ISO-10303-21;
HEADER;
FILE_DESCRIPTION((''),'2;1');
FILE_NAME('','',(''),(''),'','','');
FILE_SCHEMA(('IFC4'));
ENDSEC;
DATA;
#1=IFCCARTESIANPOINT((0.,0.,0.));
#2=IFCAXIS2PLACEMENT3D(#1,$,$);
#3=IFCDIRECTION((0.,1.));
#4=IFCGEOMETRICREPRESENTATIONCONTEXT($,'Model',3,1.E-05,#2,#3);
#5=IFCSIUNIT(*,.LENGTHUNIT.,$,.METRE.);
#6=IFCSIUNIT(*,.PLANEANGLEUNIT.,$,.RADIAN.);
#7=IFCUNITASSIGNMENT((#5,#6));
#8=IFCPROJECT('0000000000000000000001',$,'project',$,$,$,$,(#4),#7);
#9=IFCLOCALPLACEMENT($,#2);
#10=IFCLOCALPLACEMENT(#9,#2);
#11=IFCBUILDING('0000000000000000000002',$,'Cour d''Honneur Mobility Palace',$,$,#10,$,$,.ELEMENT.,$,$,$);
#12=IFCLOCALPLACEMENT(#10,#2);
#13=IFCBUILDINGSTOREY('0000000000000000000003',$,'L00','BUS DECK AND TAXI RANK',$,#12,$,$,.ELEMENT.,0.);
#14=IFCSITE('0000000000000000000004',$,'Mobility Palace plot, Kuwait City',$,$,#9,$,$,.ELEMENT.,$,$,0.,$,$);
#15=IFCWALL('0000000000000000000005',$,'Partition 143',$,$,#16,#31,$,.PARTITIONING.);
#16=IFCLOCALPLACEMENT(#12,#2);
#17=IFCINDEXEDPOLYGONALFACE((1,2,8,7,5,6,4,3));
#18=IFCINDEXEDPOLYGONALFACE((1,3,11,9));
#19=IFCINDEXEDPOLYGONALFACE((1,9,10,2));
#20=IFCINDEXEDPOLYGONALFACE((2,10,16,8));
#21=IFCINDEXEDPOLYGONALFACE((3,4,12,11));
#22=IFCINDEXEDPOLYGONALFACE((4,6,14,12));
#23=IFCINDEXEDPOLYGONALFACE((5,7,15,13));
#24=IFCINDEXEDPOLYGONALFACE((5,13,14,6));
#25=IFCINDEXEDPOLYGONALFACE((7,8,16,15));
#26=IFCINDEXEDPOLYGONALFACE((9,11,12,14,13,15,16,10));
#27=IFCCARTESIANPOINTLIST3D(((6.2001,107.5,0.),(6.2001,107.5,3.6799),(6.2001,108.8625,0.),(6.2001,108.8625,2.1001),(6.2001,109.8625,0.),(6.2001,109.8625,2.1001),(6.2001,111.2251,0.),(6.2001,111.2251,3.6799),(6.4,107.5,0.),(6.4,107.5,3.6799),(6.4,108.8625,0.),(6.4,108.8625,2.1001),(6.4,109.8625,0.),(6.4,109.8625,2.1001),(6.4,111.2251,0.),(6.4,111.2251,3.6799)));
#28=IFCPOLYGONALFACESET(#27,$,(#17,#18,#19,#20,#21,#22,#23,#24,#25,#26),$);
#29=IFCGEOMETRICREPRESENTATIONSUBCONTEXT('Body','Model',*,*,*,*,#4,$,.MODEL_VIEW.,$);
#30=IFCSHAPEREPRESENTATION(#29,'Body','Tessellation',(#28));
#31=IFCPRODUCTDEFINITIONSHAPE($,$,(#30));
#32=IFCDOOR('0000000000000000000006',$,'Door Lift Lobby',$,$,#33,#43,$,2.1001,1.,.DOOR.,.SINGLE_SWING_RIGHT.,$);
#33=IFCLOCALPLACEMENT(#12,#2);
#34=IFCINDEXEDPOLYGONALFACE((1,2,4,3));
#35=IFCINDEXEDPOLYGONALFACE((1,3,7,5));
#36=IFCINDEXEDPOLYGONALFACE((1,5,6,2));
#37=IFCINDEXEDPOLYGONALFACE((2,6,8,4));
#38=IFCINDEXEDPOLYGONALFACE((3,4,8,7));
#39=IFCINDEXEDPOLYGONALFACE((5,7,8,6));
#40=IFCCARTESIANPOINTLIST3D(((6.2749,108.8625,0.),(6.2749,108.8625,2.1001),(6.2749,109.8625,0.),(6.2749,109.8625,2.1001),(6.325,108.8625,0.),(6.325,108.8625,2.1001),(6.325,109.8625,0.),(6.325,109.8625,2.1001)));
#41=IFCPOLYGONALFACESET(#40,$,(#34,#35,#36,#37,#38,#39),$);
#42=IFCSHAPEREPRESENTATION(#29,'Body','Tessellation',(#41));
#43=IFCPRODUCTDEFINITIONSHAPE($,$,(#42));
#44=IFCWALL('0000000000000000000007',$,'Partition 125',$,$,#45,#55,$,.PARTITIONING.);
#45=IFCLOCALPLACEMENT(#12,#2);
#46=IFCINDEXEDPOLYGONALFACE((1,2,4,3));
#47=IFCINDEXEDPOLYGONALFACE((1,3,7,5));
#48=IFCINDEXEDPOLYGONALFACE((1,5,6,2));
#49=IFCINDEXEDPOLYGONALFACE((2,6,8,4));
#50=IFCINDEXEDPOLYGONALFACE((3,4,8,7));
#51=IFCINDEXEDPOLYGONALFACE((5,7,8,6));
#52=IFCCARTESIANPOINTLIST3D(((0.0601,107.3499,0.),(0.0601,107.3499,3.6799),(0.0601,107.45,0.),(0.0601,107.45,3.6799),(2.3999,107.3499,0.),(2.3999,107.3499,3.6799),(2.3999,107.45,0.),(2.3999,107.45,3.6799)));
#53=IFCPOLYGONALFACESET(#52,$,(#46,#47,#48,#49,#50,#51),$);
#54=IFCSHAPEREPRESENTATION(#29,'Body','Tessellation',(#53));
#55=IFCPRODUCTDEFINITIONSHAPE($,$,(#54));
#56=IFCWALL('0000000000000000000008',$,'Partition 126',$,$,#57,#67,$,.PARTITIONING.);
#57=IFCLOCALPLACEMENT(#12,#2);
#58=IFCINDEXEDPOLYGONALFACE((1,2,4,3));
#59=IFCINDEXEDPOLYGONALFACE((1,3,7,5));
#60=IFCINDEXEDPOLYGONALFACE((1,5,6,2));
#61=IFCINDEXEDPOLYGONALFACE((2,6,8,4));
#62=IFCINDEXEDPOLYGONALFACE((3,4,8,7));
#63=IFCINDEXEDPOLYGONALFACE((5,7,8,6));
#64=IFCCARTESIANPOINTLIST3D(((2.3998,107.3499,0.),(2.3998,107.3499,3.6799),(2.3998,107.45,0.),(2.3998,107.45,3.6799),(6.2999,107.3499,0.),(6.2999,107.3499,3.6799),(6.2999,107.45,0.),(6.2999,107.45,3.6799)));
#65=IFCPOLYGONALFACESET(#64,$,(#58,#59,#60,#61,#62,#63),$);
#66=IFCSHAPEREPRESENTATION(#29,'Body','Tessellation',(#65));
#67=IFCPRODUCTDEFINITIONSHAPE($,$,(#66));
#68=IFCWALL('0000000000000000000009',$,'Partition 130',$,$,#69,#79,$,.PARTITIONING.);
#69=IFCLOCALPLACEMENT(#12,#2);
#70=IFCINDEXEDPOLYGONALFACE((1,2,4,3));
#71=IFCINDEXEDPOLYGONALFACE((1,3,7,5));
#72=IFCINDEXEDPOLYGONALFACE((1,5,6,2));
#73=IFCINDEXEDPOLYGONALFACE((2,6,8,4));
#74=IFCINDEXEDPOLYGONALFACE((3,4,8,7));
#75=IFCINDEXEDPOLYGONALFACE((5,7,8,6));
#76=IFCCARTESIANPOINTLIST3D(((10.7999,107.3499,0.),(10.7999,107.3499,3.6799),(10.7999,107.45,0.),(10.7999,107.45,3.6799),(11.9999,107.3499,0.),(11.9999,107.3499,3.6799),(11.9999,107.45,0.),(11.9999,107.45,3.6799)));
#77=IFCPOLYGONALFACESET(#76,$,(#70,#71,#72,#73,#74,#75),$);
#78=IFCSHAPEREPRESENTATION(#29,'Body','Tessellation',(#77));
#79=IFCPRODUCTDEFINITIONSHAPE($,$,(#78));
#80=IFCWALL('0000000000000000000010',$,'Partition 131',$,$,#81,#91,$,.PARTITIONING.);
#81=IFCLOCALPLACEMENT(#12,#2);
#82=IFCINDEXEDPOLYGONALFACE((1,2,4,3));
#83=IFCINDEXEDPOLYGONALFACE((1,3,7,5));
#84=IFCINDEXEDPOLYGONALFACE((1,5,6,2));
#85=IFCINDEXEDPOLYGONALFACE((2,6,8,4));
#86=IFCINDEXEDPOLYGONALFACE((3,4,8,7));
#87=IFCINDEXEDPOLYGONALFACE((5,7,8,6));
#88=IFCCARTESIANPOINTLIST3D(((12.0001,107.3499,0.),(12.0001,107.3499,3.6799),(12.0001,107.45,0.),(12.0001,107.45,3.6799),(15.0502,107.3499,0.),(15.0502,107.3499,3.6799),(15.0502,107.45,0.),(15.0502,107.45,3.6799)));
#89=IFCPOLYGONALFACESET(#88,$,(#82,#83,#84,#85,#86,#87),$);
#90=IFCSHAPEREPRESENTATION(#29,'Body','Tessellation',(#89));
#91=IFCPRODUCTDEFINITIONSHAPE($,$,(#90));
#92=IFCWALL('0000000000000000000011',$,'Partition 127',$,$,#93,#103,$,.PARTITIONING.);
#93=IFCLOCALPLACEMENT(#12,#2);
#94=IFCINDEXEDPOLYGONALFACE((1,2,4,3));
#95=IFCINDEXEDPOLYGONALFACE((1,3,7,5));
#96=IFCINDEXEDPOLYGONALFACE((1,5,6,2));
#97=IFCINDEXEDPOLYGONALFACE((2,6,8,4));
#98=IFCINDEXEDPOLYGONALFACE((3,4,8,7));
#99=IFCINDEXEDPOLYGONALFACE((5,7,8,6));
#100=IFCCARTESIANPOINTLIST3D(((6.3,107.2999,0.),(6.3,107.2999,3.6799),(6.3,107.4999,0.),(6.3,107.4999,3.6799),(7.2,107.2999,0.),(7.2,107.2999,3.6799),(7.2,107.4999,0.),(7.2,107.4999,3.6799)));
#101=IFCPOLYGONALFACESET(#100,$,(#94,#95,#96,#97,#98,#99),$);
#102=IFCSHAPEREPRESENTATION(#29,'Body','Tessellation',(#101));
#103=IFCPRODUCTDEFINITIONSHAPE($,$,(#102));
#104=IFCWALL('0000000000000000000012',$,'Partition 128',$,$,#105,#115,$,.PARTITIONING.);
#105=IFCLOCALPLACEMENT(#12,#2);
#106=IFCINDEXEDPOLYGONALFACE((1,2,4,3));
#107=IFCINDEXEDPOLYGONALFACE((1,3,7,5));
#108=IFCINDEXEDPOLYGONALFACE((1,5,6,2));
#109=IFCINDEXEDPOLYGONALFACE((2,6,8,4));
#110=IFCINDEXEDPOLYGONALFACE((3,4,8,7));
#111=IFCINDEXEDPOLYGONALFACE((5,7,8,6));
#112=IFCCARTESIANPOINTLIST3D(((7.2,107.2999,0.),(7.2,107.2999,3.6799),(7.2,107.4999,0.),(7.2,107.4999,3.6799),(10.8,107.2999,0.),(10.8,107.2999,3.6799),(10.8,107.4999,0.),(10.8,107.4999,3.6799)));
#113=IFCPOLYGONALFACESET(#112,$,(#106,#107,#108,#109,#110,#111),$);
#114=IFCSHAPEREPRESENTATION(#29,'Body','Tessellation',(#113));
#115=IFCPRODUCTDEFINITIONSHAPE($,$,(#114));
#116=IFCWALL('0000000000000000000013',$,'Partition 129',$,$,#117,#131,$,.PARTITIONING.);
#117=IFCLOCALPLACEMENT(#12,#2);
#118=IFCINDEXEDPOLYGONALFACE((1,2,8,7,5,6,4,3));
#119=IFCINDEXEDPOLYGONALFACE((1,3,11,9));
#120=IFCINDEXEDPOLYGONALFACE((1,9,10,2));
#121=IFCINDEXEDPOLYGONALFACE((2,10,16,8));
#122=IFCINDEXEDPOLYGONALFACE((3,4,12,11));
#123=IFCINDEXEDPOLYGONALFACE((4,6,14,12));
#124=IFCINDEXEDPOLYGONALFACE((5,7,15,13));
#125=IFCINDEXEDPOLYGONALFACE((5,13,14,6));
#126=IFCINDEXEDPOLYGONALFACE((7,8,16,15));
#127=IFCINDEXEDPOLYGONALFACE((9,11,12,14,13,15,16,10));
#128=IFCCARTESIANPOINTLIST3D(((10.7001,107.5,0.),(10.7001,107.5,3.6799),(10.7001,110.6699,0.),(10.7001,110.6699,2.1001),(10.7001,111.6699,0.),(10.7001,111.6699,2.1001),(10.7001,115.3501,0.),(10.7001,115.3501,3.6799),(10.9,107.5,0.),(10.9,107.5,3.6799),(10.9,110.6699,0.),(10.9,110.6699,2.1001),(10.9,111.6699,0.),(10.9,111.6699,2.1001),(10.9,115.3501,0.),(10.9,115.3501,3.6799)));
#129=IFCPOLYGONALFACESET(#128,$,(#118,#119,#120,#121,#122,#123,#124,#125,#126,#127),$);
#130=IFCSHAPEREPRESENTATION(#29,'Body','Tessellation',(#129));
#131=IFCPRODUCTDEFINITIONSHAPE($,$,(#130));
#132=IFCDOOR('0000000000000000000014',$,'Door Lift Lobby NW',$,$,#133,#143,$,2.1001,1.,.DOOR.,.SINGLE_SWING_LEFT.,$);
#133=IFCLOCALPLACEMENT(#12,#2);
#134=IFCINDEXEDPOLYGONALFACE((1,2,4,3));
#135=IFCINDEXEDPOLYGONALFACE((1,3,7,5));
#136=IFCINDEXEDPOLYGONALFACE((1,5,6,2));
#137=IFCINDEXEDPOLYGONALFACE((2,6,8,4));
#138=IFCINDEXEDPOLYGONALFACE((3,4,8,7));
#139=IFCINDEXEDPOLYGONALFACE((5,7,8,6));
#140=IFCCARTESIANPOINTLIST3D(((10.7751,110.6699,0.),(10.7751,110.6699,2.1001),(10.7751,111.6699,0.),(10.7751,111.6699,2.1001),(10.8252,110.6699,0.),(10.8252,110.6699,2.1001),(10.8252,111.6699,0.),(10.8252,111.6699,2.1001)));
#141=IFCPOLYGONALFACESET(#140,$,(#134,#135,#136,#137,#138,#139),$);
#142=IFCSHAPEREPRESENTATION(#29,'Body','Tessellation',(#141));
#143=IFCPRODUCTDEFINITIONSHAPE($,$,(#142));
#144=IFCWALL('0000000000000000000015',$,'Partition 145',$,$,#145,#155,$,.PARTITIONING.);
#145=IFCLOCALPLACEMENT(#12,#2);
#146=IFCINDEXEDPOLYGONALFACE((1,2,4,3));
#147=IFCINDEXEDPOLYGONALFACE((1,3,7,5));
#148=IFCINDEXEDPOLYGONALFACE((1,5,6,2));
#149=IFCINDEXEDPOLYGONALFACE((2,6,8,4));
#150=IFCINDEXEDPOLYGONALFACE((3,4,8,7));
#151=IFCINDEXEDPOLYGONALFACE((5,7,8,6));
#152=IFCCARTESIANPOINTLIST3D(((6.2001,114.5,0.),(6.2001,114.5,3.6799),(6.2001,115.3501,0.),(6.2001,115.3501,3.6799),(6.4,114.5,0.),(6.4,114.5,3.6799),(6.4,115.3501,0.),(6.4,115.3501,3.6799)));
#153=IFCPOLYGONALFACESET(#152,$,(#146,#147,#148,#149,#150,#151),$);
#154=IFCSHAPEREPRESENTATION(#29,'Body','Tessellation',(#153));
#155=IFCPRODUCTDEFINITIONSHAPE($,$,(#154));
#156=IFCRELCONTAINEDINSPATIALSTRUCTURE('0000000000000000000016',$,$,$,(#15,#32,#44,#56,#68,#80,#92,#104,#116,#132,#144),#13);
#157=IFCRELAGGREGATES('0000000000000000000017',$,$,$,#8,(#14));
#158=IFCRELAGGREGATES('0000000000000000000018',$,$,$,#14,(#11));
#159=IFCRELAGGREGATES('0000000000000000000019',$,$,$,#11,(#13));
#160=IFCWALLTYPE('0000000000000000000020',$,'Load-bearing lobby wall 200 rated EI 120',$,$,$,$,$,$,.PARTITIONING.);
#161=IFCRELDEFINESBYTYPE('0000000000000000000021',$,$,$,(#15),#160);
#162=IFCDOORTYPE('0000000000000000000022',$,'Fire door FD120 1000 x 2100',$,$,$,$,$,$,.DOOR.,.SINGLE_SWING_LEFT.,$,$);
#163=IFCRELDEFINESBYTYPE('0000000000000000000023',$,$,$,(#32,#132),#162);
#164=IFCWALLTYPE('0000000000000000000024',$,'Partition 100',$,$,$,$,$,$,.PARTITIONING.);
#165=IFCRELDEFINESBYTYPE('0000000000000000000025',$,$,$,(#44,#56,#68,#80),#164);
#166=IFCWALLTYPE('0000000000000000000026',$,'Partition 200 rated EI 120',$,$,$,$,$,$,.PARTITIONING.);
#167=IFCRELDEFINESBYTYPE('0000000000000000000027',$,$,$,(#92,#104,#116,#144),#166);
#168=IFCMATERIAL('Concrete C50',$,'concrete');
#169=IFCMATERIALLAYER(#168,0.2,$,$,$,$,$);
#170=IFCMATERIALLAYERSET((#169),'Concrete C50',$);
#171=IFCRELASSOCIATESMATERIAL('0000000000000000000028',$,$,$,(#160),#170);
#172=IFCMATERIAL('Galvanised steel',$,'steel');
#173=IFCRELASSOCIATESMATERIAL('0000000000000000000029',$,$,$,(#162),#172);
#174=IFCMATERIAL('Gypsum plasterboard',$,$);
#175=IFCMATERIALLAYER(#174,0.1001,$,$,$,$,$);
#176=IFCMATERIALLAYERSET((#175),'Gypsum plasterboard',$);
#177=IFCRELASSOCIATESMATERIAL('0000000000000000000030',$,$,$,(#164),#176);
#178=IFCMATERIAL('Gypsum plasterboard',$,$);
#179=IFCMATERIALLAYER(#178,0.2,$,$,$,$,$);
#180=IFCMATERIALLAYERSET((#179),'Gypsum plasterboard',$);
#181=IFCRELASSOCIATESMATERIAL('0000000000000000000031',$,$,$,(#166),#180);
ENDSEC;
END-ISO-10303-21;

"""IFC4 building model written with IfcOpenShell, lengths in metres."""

from ifc_helpers import new_model, si_unit, direction, frame, frame_2d, origin, place, context, subcontext, project, spatial, rectangle, extrude, material, layer, layer_set, type_object, element, fill, save


model = new_model("IFC4")

# Units and contexts
model_context = context("Model", 3, precision=1e-05, world=origin(), true_north=direction((0.0, 1.0)))
body_context = subcontext(model_context, "Body", "Model", "MODEL_VIEW")
ifc_project = project(units=[si_unit("LENGTHUNIT", "METRE"), si_unit("PLANEANGLEUNIT", "RADIAN")], contexts=[model_context])

# Site, building, storey
site_placement = place(None, origin())
site = spatial("IfcSite", under=ifc_project, at=site_placement, Name="Mobility Palace plot, Kuwait City", CompositionType="ELEMENT", RefElevation=0.0)
building_placement = place(site_placement, origin())
building = spatial("IfcBuilding", under=site, at=building_placement, Name="Cour d'Honneur Mobility Palace", CompositionType="ELEMENT")
storey_placement = place(building_placement, origin())
storey = spatial("IfcBuildingStorey", under=building, at=storey_placement, Name="L00", Description="BUS DECK AND TAXI RANK", CompositionType="ELEMENT", Elevation=0.0)

# Wall, opening, door
ifc_material_1 = material(Name="Concrete C50", Category="concrete")
ifc_layer_1 = layer(ifc_material_1, 0.2)
ifc_layer_set_1 = layer_set([ifc_layer_1], Name="Concrete C50")
wall_type_1 = type_object("IfcWallType", Name="Load-bearing lobby wall 200 rated EI 120", PredefinedType="PARTITIONING", material=ifc_layer_set_1)
wall_1_placement = place(storey_placement, frame((6.3, 111.2251, 0.0), z_axis=(0.0, 0.0, 1.0), x_axis=(0.0, -1.0, 0.0)))
wall_1 = element("IfcWall", 1, at=wall_1_placement, inside=storey, type_object=wall_type_1, Name="Partition 143", PredefinedType="PARTITIONING", context=body_context, shape_type="SweptSolid", body=[
    extrude(rectangle(XDim=3.7251, YDim=0.2, at=frame_2d((1.8625, 0.0))), origin(), (0.0, 0.0, 1.0), 3.6799),
])
opening_1_placement = place(wall_1_placement, frame((1.3625, 0.0, 0.0)))
opening_1 = element("IfcOpeningElement", 2, at=opening_1_placement, cuts=wall_1, PredefinedType="OPENING", context=body_context, shape_type="SweptSolid", body=[
    extrude(rectangle(XDim=1.0, YDim=2.1001, at=frame_2d((0.5, 1.05))), frame((0.0, 0.1099, 0.0), z_axis=(0.0, -1.0, 0.0), x_axis=(1.0, 0.0, 0.0)), (0.0, 0.0, 1.0), 0.22),
])
ifc_material_2 = material(Name="Galvanised steel", Category="steel")
door_type_1 = type_object("IfcDoorType", Name="Fire door FD120 1000 x 2100", OperationType="SINGLE_SWING_LEFT", PredefinedType="DOOR", material=ifc_material_2)
door_1_placement = place(opening_1_placement, origin())
door_1 = element("IfcDoor", 3, at=door_1_placement, inside=storey, type_object=door_type_1, Name="Door Lift Lobby", OperationType="SINGLE_SWING_RIGHT", OverallHeight=2.1001, OverallWidth=1.0, PredefinedType="DOOR", context=body_context, shape_type="SweptSolid", body=[
    extrude(rectangle(XDim=1.0, YDim=2.1001, at=frame_2d((0.5, 1.05))), frame((0.0, 0.0249, 0.0), z_axis=(0.0, -1.0, 0.0), x_axis=(1.0, 0.0, 0.0)), (0.0, 0.0, 1.0), 0.05),
])
fill(opening_1, door_1)

# Walls
ifc_material_3 = material(Name="Gypsum plasterboard")
ifc_layer_2 = layer(ifc_material_3, 0.1001)
ifc_layer_set_2 = layer_set([ifc_layer_2], Name="Gypsum plasterboard")
wall_type_2 = type_object("IfcWallType", Name="Partition 100", PredefinedType="PARTITIONING", material=ifc_layer_set_2)
wall_2_placement = place(storey_placement, frame((2.3999, 107.3999, 0.0), z_axis=(0.0, 0.0, 1.0), x_axis=(-1.0, 0.0, 0.0)))
element("IfcWall", 4, at=wall_2_placement, inside=storey, type_object=wall_type_2, Name="Partition 125", PredefinedType="PARTITIONING", context=body_context, shape_type="SweptSolid", body=[
    extrude(rectangle(XDim=2.3398, YDim=0.1001, at=frame_2d((1.1699, 0.0))), origin(), (0.0, 0.0, 1.0), 3.6799),
])
wall_3_placement = place(storey_placement, frame((6.3, 107.3999, 0.0), z_axis=(0.0, 0.0, 1.0), x_axis=(-1.0, 0.0, 0.0)))
element("IfcWall", 5, at=wall_3_placement, inside=storey, type_object=wall_type_2, Name="Partition 126", PredefinedType="PARTITIONING", context=body_context, shape_type="SweptSolid", body=[
    extrude(rectangle(XDim=3.9001, YDim=0.1001, at=frame_2d((1.9502, 0.0))), origin(), (0.0, 0.0, 1.0), 3.6799),
])
wall_4_placement = place(storey_placement, frame((12.0, 107.3999, 0.0), z_axis=(0.0, 0.0, 1.0), x_axis=(-1.0, 0.0, 0.0)))
element("IfcWall", 6, at=wall_4_placement, inside=storey, type_object=wall_type_2, Name="Partition 130", PredefinedType="PARTITIONING", context=body_context, shape_type="SweptSolid", body=[
    extrude(rectangle(XDim=1.2, YDim=0.1001, at=frame_2d((0.6001, 0.0))), origin(), (0.0, 0.0, 1.0), 3.6799),
])
wall_5_placement = place(storey_placement, frame((15.05, 107.3999, 0.0), z_axis=(0.0, 0.0, 1.0), x_axis=(-1.0, 0.0, 0.0)))
element("IfcWall", 7, at=wall_5_placement, inside=storey, type_object=wall_type_2, Name="Partition 131", PredefinedType="PARTITIONING", context=body_context, shape_type="SweptSolid", body=[
    extrude(rectangle(XDim=3.05, YDim=0.1001, at=frame_2d((1.5249, 0.0))), origin(), (0.0, 0.0, 1.0), 3.6799),
])
ifc_material_4 = material(Name="Gypsum plasterboard")
ifc_layer_3 = layer(ifc_material_4, 0.2)
ifc_layer_set_3 = layer_set([ifc_layer_3], Name="Gypsum plasterboard")
wall_type_3 = type_object("IfcWallType", Name="Partition 200 rated EI 120", PredefinedType="PARTITIONING", material=ifc_layer_set_3)
wall_6_placement = place(storey_placement, frame((6.3, 107.3999, 0.0), z_axis=(0.0, 0.0, 1.0), x_axis=(1.0, 0.0, 0.0)))
element("IfcWall", 8, at=wall_6_placement, inside=storey, type_object=wall_type_3, Name="Partition 127", PredefinedType="PARTITIONING", context=body_context, shape_type="SweptSolid", body=[
    extrude(rectangle(XDim=0.8999, YDim=0.2, at=frame_2d((0.45, 0.0))), origin(), (0.0, 0.0, 1.0), 3.6799),
])
wall_7_placement = place(storey_placement, frame((7.2, 107.3999, 0.0), z_axis=(0.0, 0.0, 1.0), x_axis=(1.0, 0.0, 0.0)))
element("IfcWall", 9, at=wall_7_placement, inside=storey, type_object=wall_type_3, Name="Partition 128", PredefinedType="PARTITIONING", context=body_context, shape_type="SweptSolid", body=[
    extrude(rectangle(XDim=3.6001, YDim=0.2, at=frame_2d((1.8, 0.0))), origin(), (0.0, 0.0, 1.0), 3.6799),
])

# Wall, opening, door
wall_8_placement = place(storey_placement, frame((10.8, 107.5, 0.0), z_axis=(0.0, 0.0, 1.0), x_axis=(0.0, 1.0, 0.0)))
wall_8 = element("IfcWall", 10, at=wall_8_placement, inside=storey, type_object=wall_type_3, Name="Partition 129", PredefinedType="PARTITIONING", context=body_context, shape_type="SweptSolid", body=[
    extrude(rectangle(XDim=7.8501, YDim=0.2, at=frame_2d((3.925, 0.0))), origin(), (0.0, 0.0, 1.0), 3.6799),
])
opening_2_placement = place(wall_8_placement, frame((3.1699, 0.0, 0.0)))
opening_2 = element("IfcOpeningElement", 11, at=opening_2_placement, cuts=wall_8, PredefinedType="OPENING", context=body_context, shape_type="SweptSolid", body=[
    extrude(rectangle(XDim=1.0, YDim=2.1001, at=frame_2d((0.5, 1.05))), frame((0.0, 0.1099, 0.0), z_axis=(0.0, -1.0, 0.0), x_axis=(1.0, 0.0, 0.0)), (0.0, 0.0, 1.0), 0.22),
])
door_2_placement = place(opening_2_placement, origin())
door_2 = element("IfcDoor", 12, at=door_2_placement, inside=storey, type_object=door_type_1, Name="Door Lift Lobby NW", OperationType="SINGLE_SWING_LEFT", OverallHeight=2.1001, OverallWidth=1.0, PredefinedType="DOOR", context=body_context, shape_type="SweptSolid", body=[
    extrude(rectangle(XDim=1.0, YDim=2.1001, at=frame_2d((0.5, 1.05))), frame((0.0, 0.0249, 0.0), z_axis=(0.0, -1.0, 0.0), x_axis=(1.0, 0.0, 0.0)), (0.0, 0.0, 1.0), 0.05),
])
fill(opening_2, door_2)

# Wall
wall_9_placement = place(storey_placement, frame((6.3, 115.3501, 0.0), z_axis=(0.0, 0.0, 1.0), x_axis=(0.0, -1.0, 0.0)))
element("IfcWall", 13, at=wall_9_placement, inside=storey, type_object=wall_type_3, Name="Partition 145", PredefinedType="PARTITIONING", context=body_context, shape_type="SweptSolid", body=[
    extrude(rectangle(XDim=0.8501, YDim=0.2, at=frame_2d((0.425, 0.0))), origin(), (0.0, 0.0, 1.0), 3.6799),
])

save(model, "model.ifc")
